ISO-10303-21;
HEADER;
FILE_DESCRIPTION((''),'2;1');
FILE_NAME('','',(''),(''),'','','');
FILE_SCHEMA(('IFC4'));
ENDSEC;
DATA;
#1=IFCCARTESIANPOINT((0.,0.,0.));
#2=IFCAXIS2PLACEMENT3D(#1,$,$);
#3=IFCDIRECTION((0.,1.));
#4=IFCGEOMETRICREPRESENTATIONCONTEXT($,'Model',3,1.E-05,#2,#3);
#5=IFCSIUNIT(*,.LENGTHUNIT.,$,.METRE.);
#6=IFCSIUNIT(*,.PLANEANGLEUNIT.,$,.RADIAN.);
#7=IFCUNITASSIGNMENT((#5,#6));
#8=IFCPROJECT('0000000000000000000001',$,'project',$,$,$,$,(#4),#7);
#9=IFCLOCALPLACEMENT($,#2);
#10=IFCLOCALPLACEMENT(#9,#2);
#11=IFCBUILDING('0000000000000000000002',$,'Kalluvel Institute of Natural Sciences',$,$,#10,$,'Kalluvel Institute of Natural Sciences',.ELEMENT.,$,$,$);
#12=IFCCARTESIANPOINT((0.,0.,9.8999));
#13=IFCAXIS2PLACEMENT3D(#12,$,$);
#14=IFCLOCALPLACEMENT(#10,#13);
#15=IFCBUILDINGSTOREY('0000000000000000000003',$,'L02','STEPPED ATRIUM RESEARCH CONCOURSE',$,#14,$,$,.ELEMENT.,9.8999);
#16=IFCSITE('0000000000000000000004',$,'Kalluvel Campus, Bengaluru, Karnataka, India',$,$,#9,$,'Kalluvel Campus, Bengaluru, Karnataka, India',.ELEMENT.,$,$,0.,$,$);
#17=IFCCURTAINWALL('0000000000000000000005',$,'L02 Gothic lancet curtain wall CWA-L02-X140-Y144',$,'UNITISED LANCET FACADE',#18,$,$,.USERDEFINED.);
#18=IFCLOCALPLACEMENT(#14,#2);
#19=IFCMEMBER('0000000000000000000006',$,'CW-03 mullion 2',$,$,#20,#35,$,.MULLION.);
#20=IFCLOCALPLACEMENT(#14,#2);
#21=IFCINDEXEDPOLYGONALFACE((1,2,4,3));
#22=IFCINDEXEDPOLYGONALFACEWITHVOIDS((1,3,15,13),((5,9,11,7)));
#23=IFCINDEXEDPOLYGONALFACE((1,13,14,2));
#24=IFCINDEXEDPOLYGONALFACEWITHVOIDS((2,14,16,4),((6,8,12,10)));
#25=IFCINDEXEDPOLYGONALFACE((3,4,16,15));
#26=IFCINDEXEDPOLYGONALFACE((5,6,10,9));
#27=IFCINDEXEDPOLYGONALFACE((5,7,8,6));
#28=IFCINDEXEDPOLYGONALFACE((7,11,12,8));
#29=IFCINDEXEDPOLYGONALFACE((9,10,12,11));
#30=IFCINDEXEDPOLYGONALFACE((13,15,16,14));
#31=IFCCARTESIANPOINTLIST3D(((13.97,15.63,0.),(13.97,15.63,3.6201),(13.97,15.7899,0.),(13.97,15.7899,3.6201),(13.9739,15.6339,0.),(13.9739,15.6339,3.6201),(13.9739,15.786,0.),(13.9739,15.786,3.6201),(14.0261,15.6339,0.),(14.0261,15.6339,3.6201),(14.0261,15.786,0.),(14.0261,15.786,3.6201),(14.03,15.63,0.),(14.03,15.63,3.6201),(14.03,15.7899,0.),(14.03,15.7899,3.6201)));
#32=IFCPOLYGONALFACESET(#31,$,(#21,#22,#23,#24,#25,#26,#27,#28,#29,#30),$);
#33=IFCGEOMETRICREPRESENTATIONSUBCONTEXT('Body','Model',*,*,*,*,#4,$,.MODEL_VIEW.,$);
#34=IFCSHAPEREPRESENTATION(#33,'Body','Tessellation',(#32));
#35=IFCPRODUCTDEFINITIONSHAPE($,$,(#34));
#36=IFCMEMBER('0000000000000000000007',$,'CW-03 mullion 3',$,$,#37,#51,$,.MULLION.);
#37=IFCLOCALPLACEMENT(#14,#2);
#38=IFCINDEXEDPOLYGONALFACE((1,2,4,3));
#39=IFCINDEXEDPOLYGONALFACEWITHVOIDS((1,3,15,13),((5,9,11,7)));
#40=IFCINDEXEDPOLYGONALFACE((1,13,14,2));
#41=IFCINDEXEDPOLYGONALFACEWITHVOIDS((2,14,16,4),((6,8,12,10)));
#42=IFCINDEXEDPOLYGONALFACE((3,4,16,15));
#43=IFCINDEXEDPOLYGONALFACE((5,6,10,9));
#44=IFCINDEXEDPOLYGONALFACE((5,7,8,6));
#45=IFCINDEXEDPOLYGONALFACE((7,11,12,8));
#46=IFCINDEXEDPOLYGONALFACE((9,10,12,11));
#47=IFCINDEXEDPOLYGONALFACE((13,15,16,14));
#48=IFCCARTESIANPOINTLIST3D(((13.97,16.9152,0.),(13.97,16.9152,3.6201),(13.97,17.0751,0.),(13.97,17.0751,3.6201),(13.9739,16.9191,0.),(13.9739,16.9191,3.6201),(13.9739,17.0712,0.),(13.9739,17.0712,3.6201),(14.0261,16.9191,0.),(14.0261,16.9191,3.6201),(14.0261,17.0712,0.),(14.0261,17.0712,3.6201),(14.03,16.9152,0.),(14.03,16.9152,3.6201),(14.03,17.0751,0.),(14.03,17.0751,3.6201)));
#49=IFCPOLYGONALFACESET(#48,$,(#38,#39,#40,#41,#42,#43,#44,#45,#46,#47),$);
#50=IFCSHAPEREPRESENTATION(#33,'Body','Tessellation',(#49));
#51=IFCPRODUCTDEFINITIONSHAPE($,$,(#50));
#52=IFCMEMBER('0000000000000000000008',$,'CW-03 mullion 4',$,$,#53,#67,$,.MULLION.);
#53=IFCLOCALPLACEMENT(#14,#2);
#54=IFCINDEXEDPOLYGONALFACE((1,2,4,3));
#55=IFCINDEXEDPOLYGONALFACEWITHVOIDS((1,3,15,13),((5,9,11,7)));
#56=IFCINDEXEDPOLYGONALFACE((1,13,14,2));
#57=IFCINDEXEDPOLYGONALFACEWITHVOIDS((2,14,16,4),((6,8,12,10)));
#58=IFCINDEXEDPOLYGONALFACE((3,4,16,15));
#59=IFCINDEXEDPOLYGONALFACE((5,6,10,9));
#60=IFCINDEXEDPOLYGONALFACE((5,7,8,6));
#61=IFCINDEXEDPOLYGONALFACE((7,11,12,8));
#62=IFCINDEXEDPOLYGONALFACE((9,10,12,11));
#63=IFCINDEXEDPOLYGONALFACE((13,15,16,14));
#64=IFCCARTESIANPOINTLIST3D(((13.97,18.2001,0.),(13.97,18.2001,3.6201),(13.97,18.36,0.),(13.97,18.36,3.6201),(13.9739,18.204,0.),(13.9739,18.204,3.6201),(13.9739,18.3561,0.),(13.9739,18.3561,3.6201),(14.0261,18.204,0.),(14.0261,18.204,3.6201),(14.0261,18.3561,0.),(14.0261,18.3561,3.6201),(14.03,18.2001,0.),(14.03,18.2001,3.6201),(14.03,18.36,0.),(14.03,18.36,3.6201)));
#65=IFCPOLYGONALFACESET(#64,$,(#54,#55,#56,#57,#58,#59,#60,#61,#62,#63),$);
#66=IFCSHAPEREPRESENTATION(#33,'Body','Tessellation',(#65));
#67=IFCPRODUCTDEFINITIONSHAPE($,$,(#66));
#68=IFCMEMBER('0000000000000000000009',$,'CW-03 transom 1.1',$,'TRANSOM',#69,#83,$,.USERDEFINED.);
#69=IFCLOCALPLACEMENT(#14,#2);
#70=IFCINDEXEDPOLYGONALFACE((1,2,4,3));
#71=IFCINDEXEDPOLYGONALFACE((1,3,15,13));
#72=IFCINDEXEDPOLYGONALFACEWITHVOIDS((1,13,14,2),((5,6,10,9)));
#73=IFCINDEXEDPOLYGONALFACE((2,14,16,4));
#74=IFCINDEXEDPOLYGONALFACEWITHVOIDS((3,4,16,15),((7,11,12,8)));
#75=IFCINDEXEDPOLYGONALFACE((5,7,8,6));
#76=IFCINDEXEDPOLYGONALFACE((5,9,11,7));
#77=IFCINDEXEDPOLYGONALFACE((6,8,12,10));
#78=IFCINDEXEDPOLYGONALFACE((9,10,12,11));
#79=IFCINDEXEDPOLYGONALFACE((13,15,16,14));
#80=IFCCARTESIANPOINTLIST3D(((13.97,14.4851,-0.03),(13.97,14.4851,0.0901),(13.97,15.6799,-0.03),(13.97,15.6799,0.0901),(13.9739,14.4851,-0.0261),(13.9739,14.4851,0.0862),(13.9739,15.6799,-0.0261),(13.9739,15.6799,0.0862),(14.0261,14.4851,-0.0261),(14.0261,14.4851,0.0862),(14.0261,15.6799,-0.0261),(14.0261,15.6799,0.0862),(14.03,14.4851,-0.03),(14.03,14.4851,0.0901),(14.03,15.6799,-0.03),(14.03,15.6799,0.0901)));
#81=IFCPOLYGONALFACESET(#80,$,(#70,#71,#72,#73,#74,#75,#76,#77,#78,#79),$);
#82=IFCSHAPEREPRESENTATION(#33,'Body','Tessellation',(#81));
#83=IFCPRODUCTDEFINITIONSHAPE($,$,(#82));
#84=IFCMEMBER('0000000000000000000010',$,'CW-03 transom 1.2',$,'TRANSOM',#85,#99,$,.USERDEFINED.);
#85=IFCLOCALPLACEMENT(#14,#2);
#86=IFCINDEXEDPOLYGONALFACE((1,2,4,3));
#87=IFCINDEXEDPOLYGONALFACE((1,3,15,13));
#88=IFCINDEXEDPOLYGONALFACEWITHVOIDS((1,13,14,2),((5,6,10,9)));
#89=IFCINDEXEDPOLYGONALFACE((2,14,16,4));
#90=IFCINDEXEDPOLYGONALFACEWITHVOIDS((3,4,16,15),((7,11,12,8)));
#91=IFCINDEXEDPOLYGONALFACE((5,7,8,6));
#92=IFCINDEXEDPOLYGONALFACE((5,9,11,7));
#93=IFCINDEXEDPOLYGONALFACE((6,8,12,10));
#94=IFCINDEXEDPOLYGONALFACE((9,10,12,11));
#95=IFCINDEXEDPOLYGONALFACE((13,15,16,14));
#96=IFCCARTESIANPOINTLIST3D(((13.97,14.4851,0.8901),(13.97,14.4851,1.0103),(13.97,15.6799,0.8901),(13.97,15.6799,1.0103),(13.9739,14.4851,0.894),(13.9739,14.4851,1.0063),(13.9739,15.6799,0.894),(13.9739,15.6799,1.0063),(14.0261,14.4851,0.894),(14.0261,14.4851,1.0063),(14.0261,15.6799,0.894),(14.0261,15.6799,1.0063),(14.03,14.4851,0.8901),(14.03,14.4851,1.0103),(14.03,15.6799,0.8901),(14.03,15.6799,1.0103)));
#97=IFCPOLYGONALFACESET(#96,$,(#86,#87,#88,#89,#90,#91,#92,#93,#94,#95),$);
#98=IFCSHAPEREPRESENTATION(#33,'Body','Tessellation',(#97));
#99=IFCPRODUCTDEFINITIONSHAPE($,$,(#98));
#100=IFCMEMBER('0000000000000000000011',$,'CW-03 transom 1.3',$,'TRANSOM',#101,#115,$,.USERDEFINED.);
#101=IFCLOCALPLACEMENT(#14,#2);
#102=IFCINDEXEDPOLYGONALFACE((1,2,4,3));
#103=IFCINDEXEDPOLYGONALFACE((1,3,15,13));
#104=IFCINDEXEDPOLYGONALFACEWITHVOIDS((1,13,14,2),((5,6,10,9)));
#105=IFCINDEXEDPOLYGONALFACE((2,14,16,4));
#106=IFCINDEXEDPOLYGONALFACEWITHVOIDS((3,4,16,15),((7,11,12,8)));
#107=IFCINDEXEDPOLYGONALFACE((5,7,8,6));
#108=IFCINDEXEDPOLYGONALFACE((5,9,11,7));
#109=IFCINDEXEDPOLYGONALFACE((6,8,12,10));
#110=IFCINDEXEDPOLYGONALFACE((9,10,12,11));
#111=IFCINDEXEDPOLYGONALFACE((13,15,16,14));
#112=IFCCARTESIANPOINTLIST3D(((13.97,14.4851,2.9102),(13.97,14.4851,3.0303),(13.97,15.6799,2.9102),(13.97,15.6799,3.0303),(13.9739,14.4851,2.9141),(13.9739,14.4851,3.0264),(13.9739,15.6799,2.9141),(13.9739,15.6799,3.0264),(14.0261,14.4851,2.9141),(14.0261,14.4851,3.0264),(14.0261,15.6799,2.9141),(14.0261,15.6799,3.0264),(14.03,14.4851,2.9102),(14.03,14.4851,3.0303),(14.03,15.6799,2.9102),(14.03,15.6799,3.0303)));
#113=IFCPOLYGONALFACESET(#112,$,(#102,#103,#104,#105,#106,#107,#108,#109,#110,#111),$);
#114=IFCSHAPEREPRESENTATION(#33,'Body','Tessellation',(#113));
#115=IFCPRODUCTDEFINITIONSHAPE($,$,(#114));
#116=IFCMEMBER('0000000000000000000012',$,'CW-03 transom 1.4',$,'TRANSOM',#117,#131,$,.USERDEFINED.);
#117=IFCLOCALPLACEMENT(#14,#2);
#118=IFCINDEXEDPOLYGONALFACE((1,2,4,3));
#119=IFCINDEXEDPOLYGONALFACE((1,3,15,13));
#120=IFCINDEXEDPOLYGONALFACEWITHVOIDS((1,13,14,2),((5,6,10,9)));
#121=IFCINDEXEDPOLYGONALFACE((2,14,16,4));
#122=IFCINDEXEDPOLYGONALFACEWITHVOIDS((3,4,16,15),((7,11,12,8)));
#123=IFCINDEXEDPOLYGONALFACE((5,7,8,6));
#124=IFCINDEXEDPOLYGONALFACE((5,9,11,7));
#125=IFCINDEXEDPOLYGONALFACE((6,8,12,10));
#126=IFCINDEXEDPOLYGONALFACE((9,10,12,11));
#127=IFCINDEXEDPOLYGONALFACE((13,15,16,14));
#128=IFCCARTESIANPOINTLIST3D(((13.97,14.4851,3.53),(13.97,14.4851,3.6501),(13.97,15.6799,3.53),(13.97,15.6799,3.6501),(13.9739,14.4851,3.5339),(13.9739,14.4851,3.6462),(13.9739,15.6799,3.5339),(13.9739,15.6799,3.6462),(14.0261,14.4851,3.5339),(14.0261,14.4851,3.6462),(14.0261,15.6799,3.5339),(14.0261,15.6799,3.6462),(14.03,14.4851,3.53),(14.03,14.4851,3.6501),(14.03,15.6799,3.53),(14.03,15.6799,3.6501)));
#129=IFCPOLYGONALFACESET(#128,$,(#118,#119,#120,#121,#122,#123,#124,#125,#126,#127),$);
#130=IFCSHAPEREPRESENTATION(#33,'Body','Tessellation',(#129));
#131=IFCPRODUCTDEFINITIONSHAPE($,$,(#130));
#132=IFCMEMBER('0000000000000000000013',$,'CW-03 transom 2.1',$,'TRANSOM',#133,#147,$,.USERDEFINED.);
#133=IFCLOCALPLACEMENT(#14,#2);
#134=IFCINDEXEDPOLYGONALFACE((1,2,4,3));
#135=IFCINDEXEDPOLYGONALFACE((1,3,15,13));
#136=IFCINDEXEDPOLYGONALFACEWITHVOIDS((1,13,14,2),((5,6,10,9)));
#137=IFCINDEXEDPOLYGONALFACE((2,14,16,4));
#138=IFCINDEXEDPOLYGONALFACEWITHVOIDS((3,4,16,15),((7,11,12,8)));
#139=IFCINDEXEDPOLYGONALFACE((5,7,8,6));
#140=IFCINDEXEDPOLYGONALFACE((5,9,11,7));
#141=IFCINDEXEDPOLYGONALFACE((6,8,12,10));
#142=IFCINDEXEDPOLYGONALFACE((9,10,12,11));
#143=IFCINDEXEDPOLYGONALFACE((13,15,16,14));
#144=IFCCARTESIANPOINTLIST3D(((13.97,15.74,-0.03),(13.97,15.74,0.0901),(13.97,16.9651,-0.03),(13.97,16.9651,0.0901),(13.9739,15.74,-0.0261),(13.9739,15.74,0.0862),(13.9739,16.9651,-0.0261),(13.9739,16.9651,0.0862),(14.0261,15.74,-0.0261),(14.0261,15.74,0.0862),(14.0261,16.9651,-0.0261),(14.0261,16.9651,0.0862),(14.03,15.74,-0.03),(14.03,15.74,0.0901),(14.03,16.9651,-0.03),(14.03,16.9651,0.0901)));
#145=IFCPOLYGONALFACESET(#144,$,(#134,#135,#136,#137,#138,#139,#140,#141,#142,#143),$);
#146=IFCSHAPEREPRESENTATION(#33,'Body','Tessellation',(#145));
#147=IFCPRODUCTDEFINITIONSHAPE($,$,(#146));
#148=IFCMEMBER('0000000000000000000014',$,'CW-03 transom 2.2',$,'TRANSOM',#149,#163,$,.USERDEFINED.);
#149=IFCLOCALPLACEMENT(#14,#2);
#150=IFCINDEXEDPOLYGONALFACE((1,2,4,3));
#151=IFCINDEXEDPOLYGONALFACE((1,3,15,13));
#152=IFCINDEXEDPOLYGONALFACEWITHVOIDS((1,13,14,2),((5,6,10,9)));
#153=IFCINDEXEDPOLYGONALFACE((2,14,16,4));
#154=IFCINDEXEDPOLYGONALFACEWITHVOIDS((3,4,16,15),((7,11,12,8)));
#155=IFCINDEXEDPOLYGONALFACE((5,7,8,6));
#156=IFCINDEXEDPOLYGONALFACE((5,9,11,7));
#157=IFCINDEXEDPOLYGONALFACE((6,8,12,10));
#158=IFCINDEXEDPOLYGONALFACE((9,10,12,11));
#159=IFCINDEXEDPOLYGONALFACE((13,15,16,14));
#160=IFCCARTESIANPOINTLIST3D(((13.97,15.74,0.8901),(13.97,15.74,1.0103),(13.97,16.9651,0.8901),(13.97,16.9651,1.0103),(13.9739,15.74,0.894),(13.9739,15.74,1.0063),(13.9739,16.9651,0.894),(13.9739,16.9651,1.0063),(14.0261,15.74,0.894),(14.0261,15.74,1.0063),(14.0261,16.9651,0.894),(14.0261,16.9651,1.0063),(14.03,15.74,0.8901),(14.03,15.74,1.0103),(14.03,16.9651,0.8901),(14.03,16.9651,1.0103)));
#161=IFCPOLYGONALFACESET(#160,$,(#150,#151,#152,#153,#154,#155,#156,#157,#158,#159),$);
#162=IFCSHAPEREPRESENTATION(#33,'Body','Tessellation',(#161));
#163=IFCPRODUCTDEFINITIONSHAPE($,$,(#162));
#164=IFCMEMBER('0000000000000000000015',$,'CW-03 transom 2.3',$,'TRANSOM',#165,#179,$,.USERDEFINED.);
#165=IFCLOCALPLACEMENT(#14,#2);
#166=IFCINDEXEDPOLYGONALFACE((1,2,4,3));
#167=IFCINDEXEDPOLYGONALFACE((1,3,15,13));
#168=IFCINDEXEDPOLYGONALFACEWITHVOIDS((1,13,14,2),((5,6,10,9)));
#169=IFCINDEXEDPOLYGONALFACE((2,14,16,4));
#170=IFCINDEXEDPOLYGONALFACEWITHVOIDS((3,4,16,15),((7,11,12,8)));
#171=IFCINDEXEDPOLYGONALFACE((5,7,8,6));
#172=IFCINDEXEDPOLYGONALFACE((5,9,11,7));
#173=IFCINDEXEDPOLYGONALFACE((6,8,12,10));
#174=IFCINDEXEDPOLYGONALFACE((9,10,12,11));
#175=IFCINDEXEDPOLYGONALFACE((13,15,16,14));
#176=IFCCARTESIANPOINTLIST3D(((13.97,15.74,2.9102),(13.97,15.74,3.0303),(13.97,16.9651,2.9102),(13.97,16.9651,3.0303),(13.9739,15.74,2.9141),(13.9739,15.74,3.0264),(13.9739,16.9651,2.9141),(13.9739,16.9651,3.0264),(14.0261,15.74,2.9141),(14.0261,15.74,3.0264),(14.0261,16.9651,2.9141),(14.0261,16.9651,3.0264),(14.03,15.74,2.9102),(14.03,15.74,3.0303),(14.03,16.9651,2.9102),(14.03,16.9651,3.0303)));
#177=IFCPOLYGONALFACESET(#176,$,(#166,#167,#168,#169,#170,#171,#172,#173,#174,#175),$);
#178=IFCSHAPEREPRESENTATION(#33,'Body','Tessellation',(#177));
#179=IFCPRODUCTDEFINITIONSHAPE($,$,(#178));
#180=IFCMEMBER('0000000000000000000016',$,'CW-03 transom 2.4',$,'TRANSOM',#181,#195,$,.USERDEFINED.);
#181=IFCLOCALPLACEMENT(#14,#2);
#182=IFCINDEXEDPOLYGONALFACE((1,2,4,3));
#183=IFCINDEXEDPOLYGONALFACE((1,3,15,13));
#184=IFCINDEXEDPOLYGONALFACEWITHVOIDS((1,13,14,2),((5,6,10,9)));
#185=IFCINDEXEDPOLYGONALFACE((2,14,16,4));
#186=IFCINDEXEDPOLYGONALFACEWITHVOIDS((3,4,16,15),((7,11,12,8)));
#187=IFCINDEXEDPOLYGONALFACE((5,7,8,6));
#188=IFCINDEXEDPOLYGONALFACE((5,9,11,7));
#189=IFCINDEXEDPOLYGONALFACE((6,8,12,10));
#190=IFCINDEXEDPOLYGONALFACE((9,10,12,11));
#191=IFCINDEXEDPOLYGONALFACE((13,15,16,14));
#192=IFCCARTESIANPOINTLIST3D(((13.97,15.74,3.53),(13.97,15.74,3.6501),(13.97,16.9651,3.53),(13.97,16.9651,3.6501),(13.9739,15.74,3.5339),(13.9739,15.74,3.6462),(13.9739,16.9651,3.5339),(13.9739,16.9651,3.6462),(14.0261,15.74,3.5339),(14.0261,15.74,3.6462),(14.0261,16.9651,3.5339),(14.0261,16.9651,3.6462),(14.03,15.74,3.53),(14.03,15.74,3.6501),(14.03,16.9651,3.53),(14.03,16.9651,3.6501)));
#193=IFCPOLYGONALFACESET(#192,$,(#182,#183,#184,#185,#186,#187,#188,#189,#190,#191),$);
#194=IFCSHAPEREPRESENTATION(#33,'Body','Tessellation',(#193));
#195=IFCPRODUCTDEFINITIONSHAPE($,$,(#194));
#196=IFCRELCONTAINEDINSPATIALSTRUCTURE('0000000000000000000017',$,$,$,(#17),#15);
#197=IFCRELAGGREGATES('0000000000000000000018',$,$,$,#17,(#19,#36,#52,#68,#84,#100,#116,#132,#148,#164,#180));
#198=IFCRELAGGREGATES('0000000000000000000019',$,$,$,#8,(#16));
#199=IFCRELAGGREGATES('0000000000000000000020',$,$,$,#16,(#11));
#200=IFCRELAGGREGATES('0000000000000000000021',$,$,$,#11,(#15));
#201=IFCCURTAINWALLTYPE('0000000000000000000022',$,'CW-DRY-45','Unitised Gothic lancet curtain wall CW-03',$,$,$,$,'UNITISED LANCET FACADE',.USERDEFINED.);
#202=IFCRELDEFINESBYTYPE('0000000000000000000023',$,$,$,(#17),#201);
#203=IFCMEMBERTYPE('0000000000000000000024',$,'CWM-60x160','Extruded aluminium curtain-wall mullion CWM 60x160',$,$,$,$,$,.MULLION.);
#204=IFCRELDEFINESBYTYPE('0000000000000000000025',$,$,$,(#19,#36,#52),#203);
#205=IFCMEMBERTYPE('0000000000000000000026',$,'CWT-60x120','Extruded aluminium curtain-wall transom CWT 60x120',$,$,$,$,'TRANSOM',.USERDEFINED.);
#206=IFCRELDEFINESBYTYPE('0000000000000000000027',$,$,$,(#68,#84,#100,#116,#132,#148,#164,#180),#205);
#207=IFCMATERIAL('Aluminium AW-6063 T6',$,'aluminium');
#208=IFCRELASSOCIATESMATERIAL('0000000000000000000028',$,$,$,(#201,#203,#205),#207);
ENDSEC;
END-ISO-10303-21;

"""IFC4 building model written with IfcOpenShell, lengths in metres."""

from ifc_helpers import new_model, si_unit, direction, frame, origin, origin_2d, place, context, subcontext, project, spatial, hollow_rectangle, extrude, material, material_profile, profile_set, type_object, element, aggregate, save


model = new_model("IFC4")

# Units and contexts
model_context = context("Model", 3, precision=1e-05, world=origin(), true_north=direction((0.0, 1.0)))
body_context = subcontext(model_context, "Body", "Model", "MODEL_VIEW")
ifc_project = project(units=[si_unit("LENGTHUNIT", "METRE"), si_unit("PLANEANGLEUNIT", "RADIAN")], contexts=[model_context])

# Site, building, storey
site_placement = place(None, origin())
site = spatial("IfcSite", under=ifc_project, at=site_placement, Name="Kalluvel Campus, Bengaluru, Karnataka, India", LongName="Kalluvel Campus, Bengaluru, Karnataka, India", CompositionType="ELEMENT", RefElevation=0.0)
building_placement = place(site_placement, origin())
building = spatial("IfcBuilding", under=site, at=building_placement, Name="Kalluvel Institute of Natural Sciences", LongName="Kalluvel Institute of Natural Sciences", CompositionType="ELEMENT")
storey_placement = place(building_placement, frame((0.0, 0.0, 9.8999)))
storey = spatial("IfcBuildingStorey", under=building, at=storey_placement, Name="L02", Description="STEPPED ATRIUM RESEARCH CONCOURSE", CompositionType="ELEMENT", Elevation=9.8999)

# Curtain wall, members
ifc_material_1 = material(Name="Aluminium AW-6063 T6", Category="aluminium")
curtain_wall_type = type_object("IfcCurtainWallType", Name="CW-DRY-45", Description="Unitised Gothic lancet curtain wall CW-03", ElementType="UNITISED LANCET FACADE", PredefinedType="USERDEFINED", material=ifc_material_1)
curtain_wall_placement = place(storey_placement, origin())
curtain_wall = element("IfcCurtainWall", 1, at=curtain_wall_placement, inside=storey, type_object=curtain_wall_type, Name="L02 Gothic lancet curtain wall CWA-L02-X140-Y144", ObjectType="UNITISED LANCET FACADE", PredefinedType="USERDEFINED")
ifc_material_profile_1 = material_profile(ifc_material_1, hollow_rectangle(XDim=0.0601, YDim=0.1599, WallThickness=0.0039, at=origin_2d()), Name="CWM 60x160")
ifc_profile_set_1 = profile_set([ifc_material_profile_1], Name="Aluminium AW-6063 T6")
member_type_1 = type_object("IfcMemberType", Name="CWM-60x160", Description="Extruded aluminium curtain-wall mullion CWM 60x160", PredefinedType="MULLION", material=ifc_profile_set_1)
member_1_placement = place(storey_placement, frame((14.0, 15.71, 0.0), z_axis=(0.0, 0.0, 1.0), x_axis=(-1.0, 0.0, 0.0)))
member_1 = element("IfcMember", 2, at=member_1_placement, type_object=member_type_1, Name="CW-03 mullion 2", PredefinedType="MULLION", context=body_context, shape_type="SweptSolid", body=[
    extrude(hollow_rectangle(XDim=0.0601, YDim=0.1599, WallThickness=0.0039, at=origin_2d()), origin(), (0.0, 0.0, 1.0), 3.6201),
])
member_2_placement = place(storey_placement, frame((14.0, 16.9951, 0.0), z_axis=(0.0, 0.0, 1.0), x_axis=(-1.0, 0.0, 0.0)))
member_2 = element("IfcMember", 3, at=member_2_placement, type_object=member_type_1, Name="CW-03 mullion 3", PredefinedType="MULLION", context=body_context, shape_type="SweptSolid", body=[
    extrude(hollow_rectangle(XDim=0.0601, YDim=0.1599, WallThickness=0.0039, at=origin_2d()), origin(), (0.0, 0.0, 1.0), 3.6201),
])
member_3_placement = place(storey_placement, frame((14.0, 18.28, 0.0), z_axis=(0.0, 0.0, 1.0), x_axis=(-1.0, 0.0, 0.0)))
member_3 = element("IfcMember", 4, at=member_3_placement, type_object=member_type_1, Name="CW-03 mullion 4", PredefinedType="MULLION", context=body_context, shape_type="SweptSolid", body=[
    extrude(hollow_rectangle(XDim=0.0601, YDim=0.1599, WallThickness=0.0039, at=origin_2d()), origin(), (0.0, 0.0, 1.0), 3.6201),
])
ifc_material_profile_2 = material_profile(ifc_material_1, hollow_rectangle(XDim=0.0601, YDim=0.1201, WallThickness=0.0039, at=origin_2d()), Name="CWT 60x120")
ifc_profile_set_2 = profile_set([ifc_material_profile_2], Name="Aluminium AW-6063 T6")
member_type_2 = type_object("IfcMemberType", Name="CWT-60x120", Description="Extruded aluminium curtain-wall transom CWT 60x120", ElementType="TRANSOM", PredefinedType="USERDEFINED", material=ifc_profile_set_2)
member_4_placement = place(storey_placement, frame((14.0, 14.4851, 0.03), z_axis=(0.0, 1.0, 0.0), x_axis=(-1.0, 0.0, 0.0)))
member_4 = element("IfcMember", 5, at=member_4_placement, type_object=member_type_2, Name="CW-03 transom 1.1", ObjectType="TRANSOM", PredefinedType="USERDEFINED", context=body_context, shape_type="SweptSolid", body=[
    extrude(hollow_rectangle(XDim=0.0601, YDim=0.1201, WallThickness=0.0039, at=origin_2d()), origin(), (0.0, 0.0, 1.0), 1.1948),
])
member_5_placement = place(storey_placement, frame((14.0, 14.4851, 0.9502), z_axis=(0.0, 1.0, 0.0), x_axis=(-1.0, 0.0, 0.0)))
member_5 = element("IfcMember", 6, at=member_5_placement, type_object=member_type_2, Name="CW-03 transom 1.2", ObjectType="TRANSOM", PredefinedType="USERDEFINED", context=body_context, shape_type="SweptSolid", body=[
    extrude(hollow_rectangle(XDim=0.0601, YDim=0.1201, WallThickness=0.0039, at=origin_2d()), origin(), (0.0, 0.0, 1.0), 1.1948),
])
member_6_placement = place(storey_placement, frame((14.0, 14.4851, 2.9702), z_axis=(0.0, 1.0, 0.0), x_axis=(-1.0, 0.0, 0.0)))
member_6 = element("IfcMember", 7, at=member_6_placement, type_object=member_type_2, Name="CW-03 transom 1.3", ObjectType="TRANSOM", PredefinedType="USERDEFINED", context=body_context, shape_type="SweptSolid", body=[
    extrude(hollow_rectangle(XDim=0.0601, YDim=0.1201, WallThickness=0.0039, at=origin_2d()), origin(), (0.0, 0.0, 1.0), 1.1948),
])
member_7_placement = place(storey_placement, frame((14.0, 14.4851, 3.5901), z_axis=(0.0, 1.0, 0.0), x_axis=(-1.0, 0.0, 0.0)))
member_7 = element("IfcMember", 8, at=member_7_placement, type_object=member_type_2, Name="CW-03 transom 1.4", ObjectType="TRANSOM", PredefinedType="USERDEFINED", context=body_context, shape_type="SweptSolid", body=[
    extrude(hollow_rectangle(XDim=0.0601, YDim=0.1201, WallThickness=0.0039, at=origin_2d()), origin(), (0.0, 0.0, 1.0), 1.1948),
])
member_8_placement = place(storey_placement, frame((14.0, 15.74, 0.03), z_axis=(0.0, 1.0, 0.0), x_axis=(-1.0, 0.0, 0.0)))
member_8 = element("IfcMember", 9, at=member_8_placement, type_object=member_type_2, Name="CW-03 transom 2.1", ObjectType="TRANSOM", PredefinedType="USERDEFINED", context=body_context, shape_type="SweptSolid", body=[
    extrude(hollow_rectangle(XDim=0.0601, YDim=0.1201, WallThickness=0.0039, at=origin_2d()), origin(), (0.0, 0.0, 1.0), 1.2251),
])
member_9_placement = place(storey_placement, frame((14.0, 15.74, 0.9502), z_axis=(0.0, 1.0, 0.0), x_axis=(-1.0, 0.0, 0.0)))
member_9 = element("IfcMember", 10, at=member_9_placement, type_object=member_type_2, Name="CW-03 transom 2.2", ObjectType="TRANSOM", PredefinedType="USERDEFINED", context=body_context, shape_type="SweptSolid", body=[
    extrude(hollow_rectangle(XDim=0.0601, YDim=0.1201, WallThickness=0.0039, at=origin_2d()), origin(), (0.0, 0.0, 1.0), 1.2251),
])
member_10_placement = place(storey_placement, frame((14.0, 15.74, 2.9702), z_axis=(0.0, 1.0, 0.0), x_axis=(-1.0, 0.0, 0.0)))
member_10 = element("IfcMember", 11, at=member_10_placement, type_object=member_type_2, Name="CW-03 transom 2.3", ObjectType="TRANSOM", PredefinedType="USERDEFINED", context=body_context, shape_type="SweptSolid", body=[
    extrude(hollow_rectangle(XDim=0.0601, YDim=0.1201, WallThickness=0.0039, at=origin_2d()), origin(), (0.0, 0.0, 1.0), 1.2251),
])
member_11_placement = place(storey_placement, frame((14.0, 15.74, 3.5901), z_axis=(0.0, 1.0, 0.0), x_axis=(-1.0, 0.0, 0.0)))
member_11 = element("IfcMember", 12, at=member_11_placement, type_object=member_type_2, Name="CW-03 transom 2.4", ObjectType="TRANSOM", PredefinedType="USERDEFINED", context=body_context, shape_type="SweptSolid", body=[
    extrude(hollow_rectangle(XDim=0.0601, YDim=0.1201, WallThickness=0.0039, at=origin_2d()), origin(), (0.0, 0.0, 1.0), 1.2251),
])
aggregate(curtain_wall, [member_1, member_2, member_3, member_4, member_5, member_6, member_7, member_8, member_9, member_10, member_11])

save(model, "model.ifc")
